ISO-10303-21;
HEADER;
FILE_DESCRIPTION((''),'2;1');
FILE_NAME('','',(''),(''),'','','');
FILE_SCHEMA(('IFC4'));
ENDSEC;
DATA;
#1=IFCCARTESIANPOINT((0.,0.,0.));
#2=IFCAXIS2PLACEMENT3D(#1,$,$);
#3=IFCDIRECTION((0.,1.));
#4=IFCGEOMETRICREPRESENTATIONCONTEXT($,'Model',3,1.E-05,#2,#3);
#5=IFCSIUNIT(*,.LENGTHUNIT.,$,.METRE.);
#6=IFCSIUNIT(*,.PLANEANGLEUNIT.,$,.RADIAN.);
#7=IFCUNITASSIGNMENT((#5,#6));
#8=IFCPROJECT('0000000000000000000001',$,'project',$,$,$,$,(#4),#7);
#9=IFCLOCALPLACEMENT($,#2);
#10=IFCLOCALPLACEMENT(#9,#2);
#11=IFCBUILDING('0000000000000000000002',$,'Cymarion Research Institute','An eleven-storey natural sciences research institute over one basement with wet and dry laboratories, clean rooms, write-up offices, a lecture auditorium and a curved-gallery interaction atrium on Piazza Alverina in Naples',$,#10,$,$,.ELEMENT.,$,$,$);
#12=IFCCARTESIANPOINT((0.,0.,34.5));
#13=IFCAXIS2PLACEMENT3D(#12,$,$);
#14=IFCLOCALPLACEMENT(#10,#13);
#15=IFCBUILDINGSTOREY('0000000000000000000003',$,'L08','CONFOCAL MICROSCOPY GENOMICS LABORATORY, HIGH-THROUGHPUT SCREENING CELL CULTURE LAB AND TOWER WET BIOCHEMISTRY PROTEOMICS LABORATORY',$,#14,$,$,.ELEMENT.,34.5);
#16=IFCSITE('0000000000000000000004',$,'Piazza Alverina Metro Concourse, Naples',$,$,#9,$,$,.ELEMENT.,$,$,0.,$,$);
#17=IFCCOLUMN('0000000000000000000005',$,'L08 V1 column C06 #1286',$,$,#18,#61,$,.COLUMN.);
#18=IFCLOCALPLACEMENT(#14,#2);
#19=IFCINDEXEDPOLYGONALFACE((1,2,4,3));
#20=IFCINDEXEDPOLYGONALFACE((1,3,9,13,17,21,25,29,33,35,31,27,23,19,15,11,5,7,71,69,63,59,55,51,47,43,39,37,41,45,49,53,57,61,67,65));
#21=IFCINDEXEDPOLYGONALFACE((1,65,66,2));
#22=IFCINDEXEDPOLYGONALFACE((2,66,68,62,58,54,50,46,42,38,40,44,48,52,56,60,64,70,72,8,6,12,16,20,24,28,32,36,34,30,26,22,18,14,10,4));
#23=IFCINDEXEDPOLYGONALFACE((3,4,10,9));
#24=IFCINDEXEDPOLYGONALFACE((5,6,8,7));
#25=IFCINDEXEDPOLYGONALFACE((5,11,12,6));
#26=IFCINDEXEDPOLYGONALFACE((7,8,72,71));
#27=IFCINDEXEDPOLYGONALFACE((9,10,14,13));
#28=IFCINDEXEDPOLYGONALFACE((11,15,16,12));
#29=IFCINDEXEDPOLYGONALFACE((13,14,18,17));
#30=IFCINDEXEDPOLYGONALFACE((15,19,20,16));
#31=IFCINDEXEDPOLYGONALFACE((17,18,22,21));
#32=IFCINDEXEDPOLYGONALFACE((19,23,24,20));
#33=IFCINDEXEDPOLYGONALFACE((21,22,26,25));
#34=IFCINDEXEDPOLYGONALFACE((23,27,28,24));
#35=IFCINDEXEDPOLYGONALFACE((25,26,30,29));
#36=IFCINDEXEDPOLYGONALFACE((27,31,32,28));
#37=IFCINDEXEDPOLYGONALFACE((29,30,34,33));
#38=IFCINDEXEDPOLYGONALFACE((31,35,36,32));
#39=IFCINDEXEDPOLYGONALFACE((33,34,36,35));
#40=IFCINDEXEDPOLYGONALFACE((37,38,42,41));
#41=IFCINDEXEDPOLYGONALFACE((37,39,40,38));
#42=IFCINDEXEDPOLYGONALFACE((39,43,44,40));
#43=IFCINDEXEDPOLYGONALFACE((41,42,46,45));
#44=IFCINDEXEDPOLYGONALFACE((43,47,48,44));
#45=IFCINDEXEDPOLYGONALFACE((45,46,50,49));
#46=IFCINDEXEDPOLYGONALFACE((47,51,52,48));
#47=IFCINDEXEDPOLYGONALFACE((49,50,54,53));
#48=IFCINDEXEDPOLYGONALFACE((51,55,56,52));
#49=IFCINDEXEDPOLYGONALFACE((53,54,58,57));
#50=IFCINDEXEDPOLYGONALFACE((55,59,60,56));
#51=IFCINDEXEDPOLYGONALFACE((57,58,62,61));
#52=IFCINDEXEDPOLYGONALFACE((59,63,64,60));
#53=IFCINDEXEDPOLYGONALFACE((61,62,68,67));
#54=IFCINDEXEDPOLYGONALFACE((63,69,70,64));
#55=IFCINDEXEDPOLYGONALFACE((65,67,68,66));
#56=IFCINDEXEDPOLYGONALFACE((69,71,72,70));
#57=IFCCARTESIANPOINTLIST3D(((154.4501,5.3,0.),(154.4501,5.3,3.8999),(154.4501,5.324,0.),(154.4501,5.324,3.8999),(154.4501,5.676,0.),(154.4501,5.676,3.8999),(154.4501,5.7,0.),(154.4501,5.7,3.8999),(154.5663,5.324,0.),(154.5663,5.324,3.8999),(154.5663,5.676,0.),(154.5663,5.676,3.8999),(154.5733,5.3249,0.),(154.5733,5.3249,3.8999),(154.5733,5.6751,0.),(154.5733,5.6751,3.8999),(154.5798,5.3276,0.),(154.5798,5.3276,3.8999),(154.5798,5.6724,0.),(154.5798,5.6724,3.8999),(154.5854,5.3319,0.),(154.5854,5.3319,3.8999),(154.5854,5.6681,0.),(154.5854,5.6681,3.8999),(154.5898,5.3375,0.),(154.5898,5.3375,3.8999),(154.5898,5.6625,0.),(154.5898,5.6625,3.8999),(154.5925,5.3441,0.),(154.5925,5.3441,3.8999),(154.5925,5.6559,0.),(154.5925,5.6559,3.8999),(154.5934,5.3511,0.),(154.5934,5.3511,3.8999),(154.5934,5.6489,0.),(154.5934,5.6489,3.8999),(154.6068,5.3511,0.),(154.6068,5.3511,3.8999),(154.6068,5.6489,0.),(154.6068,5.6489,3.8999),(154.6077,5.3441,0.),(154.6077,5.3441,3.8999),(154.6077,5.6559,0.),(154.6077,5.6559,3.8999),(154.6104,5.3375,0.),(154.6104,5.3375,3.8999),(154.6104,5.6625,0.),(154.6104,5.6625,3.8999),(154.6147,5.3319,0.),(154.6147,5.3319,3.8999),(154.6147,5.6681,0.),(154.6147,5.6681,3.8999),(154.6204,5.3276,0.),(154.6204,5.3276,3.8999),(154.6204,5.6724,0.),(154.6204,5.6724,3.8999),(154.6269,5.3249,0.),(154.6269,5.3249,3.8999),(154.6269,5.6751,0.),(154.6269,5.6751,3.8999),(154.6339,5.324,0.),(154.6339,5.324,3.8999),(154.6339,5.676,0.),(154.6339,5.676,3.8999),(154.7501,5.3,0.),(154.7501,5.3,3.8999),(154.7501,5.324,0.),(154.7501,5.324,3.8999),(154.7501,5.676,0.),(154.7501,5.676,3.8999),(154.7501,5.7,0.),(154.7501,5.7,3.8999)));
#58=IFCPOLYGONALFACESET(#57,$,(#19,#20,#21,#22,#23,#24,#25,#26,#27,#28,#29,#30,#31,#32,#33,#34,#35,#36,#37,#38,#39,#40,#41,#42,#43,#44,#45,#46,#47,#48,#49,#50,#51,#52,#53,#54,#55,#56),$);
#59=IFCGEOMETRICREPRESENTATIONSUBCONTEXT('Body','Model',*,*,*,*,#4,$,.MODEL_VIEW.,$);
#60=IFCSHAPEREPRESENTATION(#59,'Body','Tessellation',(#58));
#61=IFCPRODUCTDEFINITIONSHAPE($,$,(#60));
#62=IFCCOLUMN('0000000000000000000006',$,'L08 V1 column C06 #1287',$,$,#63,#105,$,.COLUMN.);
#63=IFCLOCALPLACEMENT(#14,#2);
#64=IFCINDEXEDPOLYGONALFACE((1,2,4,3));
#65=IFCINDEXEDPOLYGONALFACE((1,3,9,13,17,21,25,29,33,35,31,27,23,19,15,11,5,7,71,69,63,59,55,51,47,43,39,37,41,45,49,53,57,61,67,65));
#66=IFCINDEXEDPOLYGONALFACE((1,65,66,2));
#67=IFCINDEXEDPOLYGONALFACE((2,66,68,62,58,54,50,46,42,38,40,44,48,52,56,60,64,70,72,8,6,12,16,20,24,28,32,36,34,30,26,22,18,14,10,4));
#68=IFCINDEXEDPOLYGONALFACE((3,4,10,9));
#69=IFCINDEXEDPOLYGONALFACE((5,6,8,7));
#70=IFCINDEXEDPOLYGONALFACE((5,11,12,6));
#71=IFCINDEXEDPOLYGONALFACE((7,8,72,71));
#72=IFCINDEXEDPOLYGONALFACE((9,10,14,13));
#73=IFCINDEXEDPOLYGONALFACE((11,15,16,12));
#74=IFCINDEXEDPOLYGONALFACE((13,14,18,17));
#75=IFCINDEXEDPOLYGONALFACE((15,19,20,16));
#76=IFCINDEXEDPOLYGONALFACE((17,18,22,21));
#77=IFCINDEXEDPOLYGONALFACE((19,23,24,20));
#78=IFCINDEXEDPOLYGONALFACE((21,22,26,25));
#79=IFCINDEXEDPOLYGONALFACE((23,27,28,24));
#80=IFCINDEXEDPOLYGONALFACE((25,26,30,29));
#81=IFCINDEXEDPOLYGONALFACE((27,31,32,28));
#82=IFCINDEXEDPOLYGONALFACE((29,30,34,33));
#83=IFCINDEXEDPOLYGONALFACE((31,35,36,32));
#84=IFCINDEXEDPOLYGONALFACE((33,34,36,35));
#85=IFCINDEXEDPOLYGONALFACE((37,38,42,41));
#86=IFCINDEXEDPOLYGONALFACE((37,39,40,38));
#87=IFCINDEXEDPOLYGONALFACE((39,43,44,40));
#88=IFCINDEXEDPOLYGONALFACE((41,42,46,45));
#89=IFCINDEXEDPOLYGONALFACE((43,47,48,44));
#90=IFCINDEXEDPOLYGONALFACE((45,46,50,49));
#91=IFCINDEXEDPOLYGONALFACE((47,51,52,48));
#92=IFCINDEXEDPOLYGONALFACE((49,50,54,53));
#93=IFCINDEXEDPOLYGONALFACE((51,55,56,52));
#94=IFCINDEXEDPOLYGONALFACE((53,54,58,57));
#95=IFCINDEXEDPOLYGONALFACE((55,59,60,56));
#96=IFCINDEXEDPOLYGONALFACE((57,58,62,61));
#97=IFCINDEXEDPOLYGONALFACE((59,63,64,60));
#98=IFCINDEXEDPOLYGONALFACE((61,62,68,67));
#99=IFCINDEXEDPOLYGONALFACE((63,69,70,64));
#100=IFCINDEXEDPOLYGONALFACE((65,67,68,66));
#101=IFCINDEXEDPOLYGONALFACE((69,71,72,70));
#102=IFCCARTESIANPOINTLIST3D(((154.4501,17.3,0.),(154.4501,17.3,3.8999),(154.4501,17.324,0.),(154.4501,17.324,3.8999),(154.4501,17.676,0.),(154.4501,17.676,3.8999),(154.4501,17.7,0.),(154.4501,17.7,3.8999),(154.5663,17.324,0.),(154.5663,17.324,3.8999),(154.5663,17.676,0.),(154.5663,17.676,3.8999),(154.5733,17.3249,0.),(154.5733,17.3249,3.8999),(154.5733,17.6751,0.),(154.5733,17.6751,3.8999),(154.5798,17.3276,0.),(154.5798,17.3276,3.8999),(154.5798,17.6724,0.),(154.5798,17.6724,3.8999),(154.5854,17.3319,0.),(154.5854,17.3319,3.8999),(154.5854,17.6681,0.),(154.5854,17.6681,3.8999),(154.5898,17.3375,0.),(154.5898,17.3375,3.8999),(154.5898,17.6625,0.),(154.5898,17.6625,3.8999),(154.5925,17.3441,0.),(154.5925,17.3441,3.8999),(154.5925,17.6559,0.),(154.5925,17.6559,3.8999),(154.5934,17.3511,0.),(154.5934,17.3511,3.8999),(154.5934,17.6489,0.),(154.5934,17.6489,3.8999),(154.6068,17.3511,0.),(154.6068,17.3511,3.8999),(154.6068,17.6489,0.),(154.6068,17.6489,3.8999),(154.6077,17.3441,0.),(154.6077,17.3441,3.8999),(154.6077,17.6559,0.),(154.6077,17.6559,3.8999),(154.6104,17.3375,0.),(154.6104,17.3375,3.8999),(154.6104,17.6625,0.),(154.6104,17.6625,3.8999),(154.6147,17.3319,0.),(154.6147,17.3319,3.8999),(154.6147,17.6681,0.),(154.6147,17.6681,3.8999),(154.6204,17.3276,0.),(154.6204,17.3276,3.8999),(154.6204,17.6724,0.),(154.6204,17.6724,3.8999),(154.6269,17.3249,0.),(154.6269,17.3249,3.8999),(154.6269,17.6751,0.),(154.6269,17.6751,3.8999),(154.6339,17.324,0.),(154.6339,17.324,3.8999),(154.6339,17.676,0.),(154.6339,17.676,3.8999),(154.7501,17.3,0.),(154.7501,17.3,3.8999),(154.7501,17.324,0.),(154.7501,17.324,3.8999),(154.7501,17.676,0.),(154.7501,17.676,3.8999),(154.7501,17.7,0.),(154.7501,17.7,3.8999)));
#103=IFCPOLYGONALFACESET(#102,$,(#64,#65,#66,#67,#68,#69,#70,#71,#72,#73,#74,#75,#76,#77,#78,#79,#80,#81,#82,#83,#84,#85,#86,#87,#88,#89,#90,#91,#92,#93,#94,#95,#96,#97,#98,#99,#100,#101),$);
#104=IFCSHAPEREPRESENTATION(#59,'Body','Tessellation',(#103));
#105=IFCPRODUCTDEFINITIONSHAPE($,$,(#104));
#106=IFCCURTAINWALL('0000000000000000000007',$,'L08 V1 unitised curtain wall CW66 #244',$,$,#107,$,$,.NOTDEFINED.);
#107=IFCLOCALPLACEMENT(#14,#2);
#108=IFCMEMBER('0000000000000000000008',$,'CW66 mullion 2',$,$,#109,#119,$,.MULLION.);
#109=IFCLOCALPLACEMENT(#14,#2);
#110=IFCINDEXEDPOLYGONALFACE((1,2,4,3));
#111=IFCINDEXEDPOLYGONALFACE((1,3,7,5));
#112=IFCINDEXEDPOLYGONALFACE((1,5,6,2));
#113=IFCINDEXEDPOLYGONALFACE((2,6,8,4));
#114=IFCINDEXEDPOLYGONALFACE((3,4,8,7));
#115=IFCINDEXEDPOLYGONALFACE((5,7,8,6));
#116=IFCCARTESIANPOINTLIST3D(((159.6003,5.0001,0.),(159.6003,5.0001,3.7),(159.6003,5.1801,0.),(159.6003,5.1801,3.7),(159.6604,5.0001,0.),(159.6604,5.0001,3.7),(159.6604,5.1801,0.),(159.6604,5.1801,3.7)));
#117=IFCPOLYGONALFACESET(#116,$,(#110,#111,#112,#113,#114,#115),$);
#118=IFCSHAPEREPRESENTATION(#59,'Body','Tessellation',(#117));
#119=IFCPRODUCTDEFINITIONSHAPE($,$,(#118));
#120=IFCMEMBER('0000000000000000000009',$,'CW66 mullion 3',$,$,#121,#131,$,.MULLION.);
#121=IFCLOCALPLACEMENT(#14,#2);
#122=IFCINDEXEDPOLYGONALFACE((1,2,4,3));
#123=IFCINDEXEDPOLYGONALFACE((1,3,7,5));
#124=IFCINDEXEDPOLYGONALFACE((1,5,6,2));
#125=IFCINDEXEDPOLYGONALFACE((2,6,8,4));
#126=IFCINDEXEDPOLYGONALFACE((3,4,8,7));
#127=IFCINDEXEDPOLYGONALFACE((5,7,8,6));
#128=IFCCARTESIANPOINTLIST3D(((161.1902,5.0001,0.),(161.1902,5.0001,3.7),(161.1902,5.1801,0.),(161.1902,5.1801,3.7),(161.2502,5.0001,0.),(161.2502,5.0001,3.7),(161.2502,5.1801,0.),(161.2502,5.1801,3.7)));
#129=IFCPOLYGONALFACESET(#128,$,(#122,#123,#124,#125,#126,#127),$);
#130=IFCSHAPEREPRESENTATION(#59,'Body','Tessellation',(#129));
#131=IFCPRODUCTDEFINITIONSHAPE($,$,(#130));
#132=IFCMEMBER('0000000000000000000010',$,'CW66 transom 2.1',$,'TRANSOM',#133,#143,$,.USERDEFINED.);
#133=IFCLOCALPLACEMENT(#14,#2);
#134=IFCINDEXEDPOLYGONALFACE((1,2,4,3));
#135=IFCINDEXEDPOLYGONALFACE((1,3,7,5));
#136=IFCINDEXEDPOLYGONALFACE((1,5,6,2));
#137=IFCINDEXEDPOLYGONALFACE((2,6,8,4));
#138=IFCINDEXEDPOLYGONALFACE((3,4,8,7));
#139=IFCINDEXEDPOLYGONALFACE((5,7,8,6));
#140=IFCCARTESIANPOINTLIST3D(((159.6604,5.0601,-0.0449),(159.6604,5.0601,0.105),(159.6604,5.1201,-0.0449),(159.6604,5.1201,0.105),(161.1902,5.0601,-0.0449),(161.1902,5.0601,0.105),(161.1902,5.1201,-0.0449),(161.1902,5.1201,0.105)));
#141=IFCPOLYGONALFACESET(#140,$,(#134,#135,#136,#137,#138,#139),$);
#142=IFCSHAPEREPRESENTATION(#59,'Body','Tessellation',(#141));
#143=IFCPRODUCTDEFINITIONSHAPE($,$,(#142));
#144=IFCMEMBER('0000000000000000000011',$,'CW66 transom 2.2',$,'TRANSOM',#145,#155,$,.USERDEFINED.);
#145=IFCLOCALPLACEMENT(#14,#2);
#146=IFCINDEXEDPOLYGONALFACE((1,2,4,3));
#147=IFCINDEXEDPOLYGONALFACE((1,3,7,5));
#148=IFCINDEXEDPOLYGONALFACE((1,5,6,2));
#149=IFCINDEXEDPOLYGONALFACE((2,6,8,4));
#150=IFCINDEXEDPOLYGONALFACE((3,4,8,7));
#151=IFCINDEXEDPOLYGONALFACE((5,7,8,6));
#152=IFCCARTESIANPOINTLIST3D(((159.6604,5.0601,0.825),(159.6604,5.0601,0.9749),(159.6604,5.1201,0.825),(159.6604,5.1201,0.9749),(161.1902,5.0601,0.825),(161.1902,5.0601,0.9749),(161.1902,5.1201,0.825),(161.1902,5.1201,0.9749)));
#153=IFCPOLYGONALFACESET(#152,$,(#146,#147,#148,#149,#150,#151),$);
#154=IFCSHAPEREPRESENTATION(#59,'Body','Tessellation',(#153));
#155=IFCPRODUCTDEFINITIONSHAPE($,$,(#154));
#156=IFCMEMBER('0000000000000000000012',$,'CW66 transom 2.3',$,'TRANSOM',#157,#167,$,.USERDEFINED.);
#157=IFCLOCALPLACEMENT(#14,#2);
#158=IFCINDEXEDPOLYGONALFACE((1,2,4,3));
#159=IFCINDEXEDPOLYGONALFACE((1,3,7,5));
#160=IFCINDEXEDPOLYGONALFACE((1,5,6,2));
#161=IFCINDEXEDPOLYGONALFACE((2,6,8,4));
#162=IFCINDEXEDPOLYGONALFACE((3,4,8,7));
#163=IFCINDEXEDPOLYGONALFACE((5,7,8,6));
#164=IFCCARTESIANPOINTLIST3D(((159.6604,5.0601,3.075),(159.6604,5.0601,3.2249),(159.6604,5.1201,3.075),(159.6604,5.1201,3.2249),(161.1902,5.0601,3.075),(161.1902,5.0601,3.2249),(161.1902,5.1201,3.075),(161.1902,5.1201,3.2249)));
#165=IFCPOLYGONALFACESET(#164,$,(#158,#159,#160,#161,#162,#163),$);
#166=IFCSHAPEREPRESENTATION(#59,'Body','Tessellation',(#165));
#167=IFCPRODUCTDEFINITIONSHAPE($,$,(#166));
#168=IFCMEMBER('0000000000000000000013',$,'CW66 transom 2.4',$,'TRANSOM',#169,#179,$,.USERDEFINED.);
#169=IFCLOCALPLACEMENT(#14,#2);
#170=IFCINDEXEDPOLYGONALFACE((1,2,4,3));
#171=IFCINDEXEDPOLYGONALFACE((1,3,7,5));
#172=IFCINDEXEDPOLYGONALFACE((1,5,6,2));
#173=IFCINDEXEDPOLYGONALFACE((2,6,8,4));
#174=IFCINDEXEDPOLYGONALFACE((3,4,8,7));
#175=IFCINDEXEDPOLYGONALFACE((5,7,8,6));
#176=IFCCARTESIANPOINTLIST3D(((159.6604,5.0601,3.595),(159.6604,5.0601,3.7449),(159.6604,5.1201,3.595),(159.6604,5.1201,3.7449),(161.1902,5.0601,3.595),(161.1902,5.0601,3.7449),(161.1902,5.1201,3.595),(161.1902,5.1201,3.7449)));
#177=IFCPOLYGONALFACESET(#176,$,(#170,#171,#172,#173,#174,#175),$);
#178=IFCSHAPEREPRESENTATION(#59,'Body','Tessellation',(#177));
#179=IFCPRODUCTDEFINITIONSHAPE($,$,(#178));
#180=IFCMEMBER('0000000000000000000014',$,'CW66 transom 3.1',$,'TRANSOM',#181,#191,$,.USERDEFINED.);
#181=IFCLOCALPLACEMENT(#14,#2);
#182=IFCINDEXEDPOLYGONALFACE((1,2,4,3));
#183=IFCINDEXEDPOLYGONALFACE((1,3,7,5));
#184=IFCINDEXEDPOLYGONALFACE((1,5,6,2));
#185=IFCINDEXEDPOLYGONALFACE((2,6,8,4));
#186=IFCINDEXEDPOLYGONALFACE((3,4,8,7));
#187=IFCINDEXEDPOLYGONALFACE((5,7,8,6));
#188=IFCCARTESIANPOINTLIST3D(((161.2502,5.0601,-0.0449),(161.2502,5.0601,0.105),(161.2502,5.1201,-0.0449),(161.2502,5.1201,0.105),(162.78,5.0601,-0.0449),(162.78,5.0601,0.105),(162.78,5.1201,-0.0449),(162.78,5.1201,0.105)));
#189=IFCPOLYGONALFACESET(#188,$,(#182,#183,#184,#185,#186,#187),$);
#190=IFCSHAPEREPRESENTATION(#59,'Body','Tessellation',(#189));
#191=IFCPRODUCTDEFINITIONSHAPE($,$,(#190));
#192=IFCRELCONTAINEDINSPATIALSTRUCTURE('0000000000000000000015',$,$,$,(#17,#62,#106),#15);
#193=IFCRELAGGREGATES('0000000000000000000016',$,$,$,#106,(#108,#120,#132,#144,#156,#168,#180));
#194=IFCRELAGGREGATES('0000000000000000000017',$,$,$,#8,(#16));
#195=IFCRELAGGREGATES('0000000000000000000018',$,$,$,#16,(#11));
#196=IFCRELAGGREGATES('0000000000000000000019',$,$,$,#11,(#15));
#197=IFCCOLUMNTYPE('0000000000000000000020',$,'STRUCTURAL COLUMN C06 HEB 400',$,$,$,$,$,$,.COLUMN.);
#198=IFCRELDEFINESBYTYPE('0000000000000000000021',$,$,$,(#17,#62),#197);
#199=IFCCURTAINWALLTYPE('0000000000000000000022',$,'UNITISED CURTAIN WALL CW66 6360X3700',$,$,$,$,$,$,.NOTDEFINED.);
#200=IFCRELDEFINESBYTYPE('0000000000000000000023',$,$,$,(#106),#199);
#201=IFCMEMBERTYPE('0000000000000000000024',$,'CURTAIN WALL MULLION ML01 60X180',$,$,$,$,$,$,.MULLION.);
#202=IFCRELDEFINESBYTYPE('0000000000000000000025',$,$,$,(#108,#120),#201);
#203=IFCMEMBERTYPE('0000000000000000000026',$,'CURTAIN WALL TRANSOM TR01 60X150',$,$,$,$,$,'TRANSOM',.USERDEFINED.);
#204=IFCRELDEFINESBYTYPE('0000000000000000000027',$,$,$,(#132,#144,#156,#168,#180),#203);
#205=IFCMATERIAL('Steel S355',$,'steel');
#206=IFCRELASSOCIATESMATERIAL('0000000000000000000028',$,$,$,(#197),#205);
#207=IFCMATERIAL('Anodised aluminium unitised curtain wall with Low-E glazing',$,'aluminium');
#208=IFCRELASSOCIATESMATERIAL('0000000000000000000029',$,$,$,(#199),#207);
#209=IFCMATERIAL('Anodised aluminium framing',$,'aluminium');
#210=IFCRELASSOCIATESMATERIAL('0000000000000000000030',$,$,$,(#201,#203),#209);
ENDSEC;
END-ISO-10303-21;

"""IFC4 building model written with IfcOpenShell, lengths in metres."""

from ifc_helpers import new_model, si_unit, direction, frame, origin, origin_2d, place, context, subcontext, project, spatial, rectangle, i_section, extrude, material, material_profile, profile_set, type_object, element, aggregate, save


model = new_model("IFC4")

# Units and contexts
model_context = context("Model", 3, precision=1e-05, world=origin(), true_north=direction((0.0, 1.0)))
body_context = subcontext(model_context, "Body", "Model", "MODEL_VIEW")
ifc_project = project(units=[si_unit("LENGTHUNIT", "METRE"), si_unit("PLANEANGLEUNIT", "RADIAN")], contexts=[model_context])

# Site, building, storey
site_placement = place(None, origin())
site = spatial("IfcSite", under=ifc_project, at=site_placement, Name="Piazza Alverina Metro Concourse, Naples", CompositionType="ELEMENT", RefElevation=0.0)
building_placement = place(site_placement, origin())
building = spatial("IfcBuilding", under=site, at=building_placement, Name="Cymarion Research Institute", Description="An eleven-storey natural sciences research institute over one basement with wet and dry laboratories, clean rooms, write-up offices, a lecture auditorium and a curved-gallery interaction atrium on Piazza Alverina in Naples", CompositionType="ELEMENT")
storey_placement = place(building_placement, frame((0.0, 0.0, 34.5)))
storey = spatial("IfcBuildingStorey", under=building, at=storey_placement, Name="L08", Description="CONFOCAL MICROSCOPY GENOMICS LABORATORY, HIGH-THROUGHPUT SCREENING CELL CULTURE LAB AND TOWER WET BIOCHEMISTRY PROTEOMICS LABORATORY", CompositionType="ELEMENT", Elevation=34.5)

# Columns
ifc_material_1 = material(Name="Steel S355", Category="steel")
ifc_material_profile_1 = material_profile(ifc_material_1, i_section(OverallWidth=0.3, OverallDepth=0.3999, WebThickness=0.0134, FlangeThickness=0.0239, FilletRadius=0.0271, at=origin_2d()), Name="HEB 400")
ifc_profile_set_1 = profile_set([ifc_material_profile_1], Name="Steel S355")
column_type = type_object("IfcColumnType", Name="STRUCTURAL COLUMN C06 HEB 400", PredefinedType="COLUMN", material=ifc_profile_set_1)
for number, where, z_axis, x_axis, name in (
    (1, (154.6001, 5.5, 0.0), (0.0, 0.0, 1.0), (1.0, 0.0, 0.0), "L08 V1 column C06 #1286"),
    (2, (154.6001, 17.5, 0.0), (0.0, 0.0, 1.0), (1.0, 0.0, 0.0), "L08 V1 column C06 #1287"),
):
    element("IfcColumn", number, at=place(storey_placement, frame(where, z_axis=z_axis, x_axis=x_axis)), inside=storey, type_object=column_type, Name=name, PredefinedType="COLUMN", context=body_context, shape_type="SweptSolid", body=[
        extrude(i_section(OverallWidth=0.3, OverallDepth=0.3999, WebThickness=0.0134, FlangeThickness=0.0239, FilletRadius=0.0271, at=origin_2d()), origin(), (0.0, 0.0, 1.0), 3.8999),
    ])

# Curtain wall, members
ifc_material_2 = material(Name="Anodised aluminium unitised curtain wall with Low-E glazing", Category="aluminium")
curtain_wall_type = type_object("IfcCurtainWallType", Name="UNITISED CURTAIN WALL CW66 6360X3700", PredefinedType="NOTDEFINED", material=ifc_material_2)
curtain_wall_placement = place(storey_placement, origin())
curtain_wall = element("IfcCurtainWall", 3, at=curtain_wall_placement, inside=storey, type_object=curtain_wall_type, Name="L08 V1 unitised curtain wall CW66 #244", PredefinedType="NOTDEFINED")
ifc_material_3 = material(Name="Anodised aluminium framing", Category="aluminium")
ifc_material_profile_2 = material_profile(ifc_material_3, rectangle(XDim=0.0601, YDim=0.1799, at=origin_2d()), Name="ALU MULLION 60x180")
ifc_profile_set_2 = profile_set([ifc_material_profile_2], Name="Anodised aluminium framing")
member_type_1 = type_object("IfcMemberType", Name="CURTAIN WALL MULLION ML01 60X180", PredefinedType="MULLION", material=ifc_profile_set_2)
member_1_placement = place(storey_placement, frame((159.6304, 5.0901, 0.0), z_axis=(0.0, 0.0, 1.0), x_axis=(1.0, 0.0, 0.0)))
member_1 = element("IfcMember", 4, at=member_1_placement, type_object=member_type_1, Name="CW66 mullion 2", PredefinedType="MULLION", context=body_context, shape_type="SweptSolid", body=[
    extrude(rectangle(XDim=0.0601, YDim=0.1799, at=origin_2d()), origin(), (0.0, 0.0, 1.0), 3.7),
])
member_2_placement = place(storey_placement, frame((161.2202, 5.0901, 0.0), z_axis=(0.0, 0.0, 1.0), x_axis=(1.0, 0.0, 0.0)))
member_2 = element("IfcMember", 5, at=member_2_placement, type_object=member_type_1, Name="CW66 mullion 3", PredefinedType="MULLION", context=body_context, shape_type="SweptSolid", body=[
    extrude(rectangle(XDim=0.0601, YDim=0.1799, at=origin_2d()), origin(), (0.0, 0.0, 1.0), 3.7),
])
ifc_material_profile_3 = material_profile(ifc_material_3, rectangle(XDim=0.0601, YDim=0.1499, at=origin_2d()), Name="ALU TRANSOM 60x150")
ifc_profile_set_3 = profile_set([ifc_material_profile_3], Name="Anodised aluminium framing")
member_type_2 = type_object("IfcMemberType", Name="CURTAIN WALL TRANSOM TR01 60X150", ElementType="TRANSOM", PredefinedType="USERDEFINED", material=ifc_profile_set_3)
member_3_placement = place(storey_placement, frame((159.6604, 5.0901, 0.03), z_axis=(1.0, 0.0, 0.0), x_axis=(0.0, 1.0, 0.0)))
member_3 = element("IfcMember", 6, at=member_3_placement, type_object=member_type_2, Name="CW66 transom 2.1", ObjectType="TRANSOM", PredefinedType="USERDEFINED", context=body_context, shape_type="SweptSolid", body=[
    extrude(rectangle(XDim=0.0601, YDim=0.1499, at=origin_2d()), origin(), (0.0, 0.0, 1.0), 1.5298),
])
member_4_placement = place(storey_placement, frame((159.6604, 5.0901, 0.8999), z_axis=(1.0, 0.0, 0.0), x_axis=(0.0, 1.0, 0.0)))
member_4 = element("IfcMember", 7, at=member_4_placement, type_object=member_type_2, Name="CW66 transom 2.2", ObjectType="TRANSOM", PredefinedType="USERDEFINED", context=body_context, shape_type="SweptSolid", body=[
    extrude(rectangle(XDim=0.0601, YDim=0.1499, at=origin_2d()), origin(), (0.0, 0.0, 1.0), 1.5298),
])
member_5_placement = place(storey_placement, frame((159.6604, 5.0901, 3.1499), z_axis=(1.0, 0.0, 0.0), x_axis=(0.0, 1.0, 0.0)))
member_5 = element("IfcMember", 8, at=member_5_placement, type_object=member_type_2, Name="CW66 transom 2.3", ObjectType="TRANSOM", PredefinedType="USERDEFINED", context=body_context, shape_type="SweptSolid", body=[
    extrude(rectangle(XDim=0.0601, YDim=0.1499, at=origin_2d()), origin(), (0.0, 0.0, 1.0), 1.5298),
])
member_6_placement = place(storey_placement, frame((159.6604, 5.0901, 3.6699), z_axis=(1.0, 0.0, 0.0), x_axis=(0.0, 1.0, 0.0)))
member_6 = element("IfcMember", 9, at=member_6_placement, type_object=member_type_2, Name="CW66 transom 2.4", ObjectType="TRANSOM", PredefinedType="USERDEFINED", context=body_context, shape_type="SweptSolid", body=[
    extrude(rectangle(XDim=0.0601, YDim=0.1499, at=origin_2d()), origin(), (0.0, 0.0, 1.0), 1.5298),
])
member_7_placement = place(storey_placement, frame((161.2502, 5.0901, 0.03), z_axis=(1.0, 0.0, 0.0), x_axis=(0.0, 1.0, 0.0)))
member_7 = element("IfcMember", 10, at=member_7_placement, type_object=member_type_2, Name="CW66 transom 3.1", ObjectType="TRANSOM", PredefinedType="USERDEFINED", context=body_context, shape_type="SweptSolid", body=[
    extrude(rectangle(XDim=0.0601, YDim=0.1499, at=origin_2d()), origin(), (0.0, 0.0, 1.0), 1.5298),
])

aggregate(curtain_wall, [member_1, member_2, member_3, member_4, member_5, member_6, member_7])

save(model, "model.ifc")
